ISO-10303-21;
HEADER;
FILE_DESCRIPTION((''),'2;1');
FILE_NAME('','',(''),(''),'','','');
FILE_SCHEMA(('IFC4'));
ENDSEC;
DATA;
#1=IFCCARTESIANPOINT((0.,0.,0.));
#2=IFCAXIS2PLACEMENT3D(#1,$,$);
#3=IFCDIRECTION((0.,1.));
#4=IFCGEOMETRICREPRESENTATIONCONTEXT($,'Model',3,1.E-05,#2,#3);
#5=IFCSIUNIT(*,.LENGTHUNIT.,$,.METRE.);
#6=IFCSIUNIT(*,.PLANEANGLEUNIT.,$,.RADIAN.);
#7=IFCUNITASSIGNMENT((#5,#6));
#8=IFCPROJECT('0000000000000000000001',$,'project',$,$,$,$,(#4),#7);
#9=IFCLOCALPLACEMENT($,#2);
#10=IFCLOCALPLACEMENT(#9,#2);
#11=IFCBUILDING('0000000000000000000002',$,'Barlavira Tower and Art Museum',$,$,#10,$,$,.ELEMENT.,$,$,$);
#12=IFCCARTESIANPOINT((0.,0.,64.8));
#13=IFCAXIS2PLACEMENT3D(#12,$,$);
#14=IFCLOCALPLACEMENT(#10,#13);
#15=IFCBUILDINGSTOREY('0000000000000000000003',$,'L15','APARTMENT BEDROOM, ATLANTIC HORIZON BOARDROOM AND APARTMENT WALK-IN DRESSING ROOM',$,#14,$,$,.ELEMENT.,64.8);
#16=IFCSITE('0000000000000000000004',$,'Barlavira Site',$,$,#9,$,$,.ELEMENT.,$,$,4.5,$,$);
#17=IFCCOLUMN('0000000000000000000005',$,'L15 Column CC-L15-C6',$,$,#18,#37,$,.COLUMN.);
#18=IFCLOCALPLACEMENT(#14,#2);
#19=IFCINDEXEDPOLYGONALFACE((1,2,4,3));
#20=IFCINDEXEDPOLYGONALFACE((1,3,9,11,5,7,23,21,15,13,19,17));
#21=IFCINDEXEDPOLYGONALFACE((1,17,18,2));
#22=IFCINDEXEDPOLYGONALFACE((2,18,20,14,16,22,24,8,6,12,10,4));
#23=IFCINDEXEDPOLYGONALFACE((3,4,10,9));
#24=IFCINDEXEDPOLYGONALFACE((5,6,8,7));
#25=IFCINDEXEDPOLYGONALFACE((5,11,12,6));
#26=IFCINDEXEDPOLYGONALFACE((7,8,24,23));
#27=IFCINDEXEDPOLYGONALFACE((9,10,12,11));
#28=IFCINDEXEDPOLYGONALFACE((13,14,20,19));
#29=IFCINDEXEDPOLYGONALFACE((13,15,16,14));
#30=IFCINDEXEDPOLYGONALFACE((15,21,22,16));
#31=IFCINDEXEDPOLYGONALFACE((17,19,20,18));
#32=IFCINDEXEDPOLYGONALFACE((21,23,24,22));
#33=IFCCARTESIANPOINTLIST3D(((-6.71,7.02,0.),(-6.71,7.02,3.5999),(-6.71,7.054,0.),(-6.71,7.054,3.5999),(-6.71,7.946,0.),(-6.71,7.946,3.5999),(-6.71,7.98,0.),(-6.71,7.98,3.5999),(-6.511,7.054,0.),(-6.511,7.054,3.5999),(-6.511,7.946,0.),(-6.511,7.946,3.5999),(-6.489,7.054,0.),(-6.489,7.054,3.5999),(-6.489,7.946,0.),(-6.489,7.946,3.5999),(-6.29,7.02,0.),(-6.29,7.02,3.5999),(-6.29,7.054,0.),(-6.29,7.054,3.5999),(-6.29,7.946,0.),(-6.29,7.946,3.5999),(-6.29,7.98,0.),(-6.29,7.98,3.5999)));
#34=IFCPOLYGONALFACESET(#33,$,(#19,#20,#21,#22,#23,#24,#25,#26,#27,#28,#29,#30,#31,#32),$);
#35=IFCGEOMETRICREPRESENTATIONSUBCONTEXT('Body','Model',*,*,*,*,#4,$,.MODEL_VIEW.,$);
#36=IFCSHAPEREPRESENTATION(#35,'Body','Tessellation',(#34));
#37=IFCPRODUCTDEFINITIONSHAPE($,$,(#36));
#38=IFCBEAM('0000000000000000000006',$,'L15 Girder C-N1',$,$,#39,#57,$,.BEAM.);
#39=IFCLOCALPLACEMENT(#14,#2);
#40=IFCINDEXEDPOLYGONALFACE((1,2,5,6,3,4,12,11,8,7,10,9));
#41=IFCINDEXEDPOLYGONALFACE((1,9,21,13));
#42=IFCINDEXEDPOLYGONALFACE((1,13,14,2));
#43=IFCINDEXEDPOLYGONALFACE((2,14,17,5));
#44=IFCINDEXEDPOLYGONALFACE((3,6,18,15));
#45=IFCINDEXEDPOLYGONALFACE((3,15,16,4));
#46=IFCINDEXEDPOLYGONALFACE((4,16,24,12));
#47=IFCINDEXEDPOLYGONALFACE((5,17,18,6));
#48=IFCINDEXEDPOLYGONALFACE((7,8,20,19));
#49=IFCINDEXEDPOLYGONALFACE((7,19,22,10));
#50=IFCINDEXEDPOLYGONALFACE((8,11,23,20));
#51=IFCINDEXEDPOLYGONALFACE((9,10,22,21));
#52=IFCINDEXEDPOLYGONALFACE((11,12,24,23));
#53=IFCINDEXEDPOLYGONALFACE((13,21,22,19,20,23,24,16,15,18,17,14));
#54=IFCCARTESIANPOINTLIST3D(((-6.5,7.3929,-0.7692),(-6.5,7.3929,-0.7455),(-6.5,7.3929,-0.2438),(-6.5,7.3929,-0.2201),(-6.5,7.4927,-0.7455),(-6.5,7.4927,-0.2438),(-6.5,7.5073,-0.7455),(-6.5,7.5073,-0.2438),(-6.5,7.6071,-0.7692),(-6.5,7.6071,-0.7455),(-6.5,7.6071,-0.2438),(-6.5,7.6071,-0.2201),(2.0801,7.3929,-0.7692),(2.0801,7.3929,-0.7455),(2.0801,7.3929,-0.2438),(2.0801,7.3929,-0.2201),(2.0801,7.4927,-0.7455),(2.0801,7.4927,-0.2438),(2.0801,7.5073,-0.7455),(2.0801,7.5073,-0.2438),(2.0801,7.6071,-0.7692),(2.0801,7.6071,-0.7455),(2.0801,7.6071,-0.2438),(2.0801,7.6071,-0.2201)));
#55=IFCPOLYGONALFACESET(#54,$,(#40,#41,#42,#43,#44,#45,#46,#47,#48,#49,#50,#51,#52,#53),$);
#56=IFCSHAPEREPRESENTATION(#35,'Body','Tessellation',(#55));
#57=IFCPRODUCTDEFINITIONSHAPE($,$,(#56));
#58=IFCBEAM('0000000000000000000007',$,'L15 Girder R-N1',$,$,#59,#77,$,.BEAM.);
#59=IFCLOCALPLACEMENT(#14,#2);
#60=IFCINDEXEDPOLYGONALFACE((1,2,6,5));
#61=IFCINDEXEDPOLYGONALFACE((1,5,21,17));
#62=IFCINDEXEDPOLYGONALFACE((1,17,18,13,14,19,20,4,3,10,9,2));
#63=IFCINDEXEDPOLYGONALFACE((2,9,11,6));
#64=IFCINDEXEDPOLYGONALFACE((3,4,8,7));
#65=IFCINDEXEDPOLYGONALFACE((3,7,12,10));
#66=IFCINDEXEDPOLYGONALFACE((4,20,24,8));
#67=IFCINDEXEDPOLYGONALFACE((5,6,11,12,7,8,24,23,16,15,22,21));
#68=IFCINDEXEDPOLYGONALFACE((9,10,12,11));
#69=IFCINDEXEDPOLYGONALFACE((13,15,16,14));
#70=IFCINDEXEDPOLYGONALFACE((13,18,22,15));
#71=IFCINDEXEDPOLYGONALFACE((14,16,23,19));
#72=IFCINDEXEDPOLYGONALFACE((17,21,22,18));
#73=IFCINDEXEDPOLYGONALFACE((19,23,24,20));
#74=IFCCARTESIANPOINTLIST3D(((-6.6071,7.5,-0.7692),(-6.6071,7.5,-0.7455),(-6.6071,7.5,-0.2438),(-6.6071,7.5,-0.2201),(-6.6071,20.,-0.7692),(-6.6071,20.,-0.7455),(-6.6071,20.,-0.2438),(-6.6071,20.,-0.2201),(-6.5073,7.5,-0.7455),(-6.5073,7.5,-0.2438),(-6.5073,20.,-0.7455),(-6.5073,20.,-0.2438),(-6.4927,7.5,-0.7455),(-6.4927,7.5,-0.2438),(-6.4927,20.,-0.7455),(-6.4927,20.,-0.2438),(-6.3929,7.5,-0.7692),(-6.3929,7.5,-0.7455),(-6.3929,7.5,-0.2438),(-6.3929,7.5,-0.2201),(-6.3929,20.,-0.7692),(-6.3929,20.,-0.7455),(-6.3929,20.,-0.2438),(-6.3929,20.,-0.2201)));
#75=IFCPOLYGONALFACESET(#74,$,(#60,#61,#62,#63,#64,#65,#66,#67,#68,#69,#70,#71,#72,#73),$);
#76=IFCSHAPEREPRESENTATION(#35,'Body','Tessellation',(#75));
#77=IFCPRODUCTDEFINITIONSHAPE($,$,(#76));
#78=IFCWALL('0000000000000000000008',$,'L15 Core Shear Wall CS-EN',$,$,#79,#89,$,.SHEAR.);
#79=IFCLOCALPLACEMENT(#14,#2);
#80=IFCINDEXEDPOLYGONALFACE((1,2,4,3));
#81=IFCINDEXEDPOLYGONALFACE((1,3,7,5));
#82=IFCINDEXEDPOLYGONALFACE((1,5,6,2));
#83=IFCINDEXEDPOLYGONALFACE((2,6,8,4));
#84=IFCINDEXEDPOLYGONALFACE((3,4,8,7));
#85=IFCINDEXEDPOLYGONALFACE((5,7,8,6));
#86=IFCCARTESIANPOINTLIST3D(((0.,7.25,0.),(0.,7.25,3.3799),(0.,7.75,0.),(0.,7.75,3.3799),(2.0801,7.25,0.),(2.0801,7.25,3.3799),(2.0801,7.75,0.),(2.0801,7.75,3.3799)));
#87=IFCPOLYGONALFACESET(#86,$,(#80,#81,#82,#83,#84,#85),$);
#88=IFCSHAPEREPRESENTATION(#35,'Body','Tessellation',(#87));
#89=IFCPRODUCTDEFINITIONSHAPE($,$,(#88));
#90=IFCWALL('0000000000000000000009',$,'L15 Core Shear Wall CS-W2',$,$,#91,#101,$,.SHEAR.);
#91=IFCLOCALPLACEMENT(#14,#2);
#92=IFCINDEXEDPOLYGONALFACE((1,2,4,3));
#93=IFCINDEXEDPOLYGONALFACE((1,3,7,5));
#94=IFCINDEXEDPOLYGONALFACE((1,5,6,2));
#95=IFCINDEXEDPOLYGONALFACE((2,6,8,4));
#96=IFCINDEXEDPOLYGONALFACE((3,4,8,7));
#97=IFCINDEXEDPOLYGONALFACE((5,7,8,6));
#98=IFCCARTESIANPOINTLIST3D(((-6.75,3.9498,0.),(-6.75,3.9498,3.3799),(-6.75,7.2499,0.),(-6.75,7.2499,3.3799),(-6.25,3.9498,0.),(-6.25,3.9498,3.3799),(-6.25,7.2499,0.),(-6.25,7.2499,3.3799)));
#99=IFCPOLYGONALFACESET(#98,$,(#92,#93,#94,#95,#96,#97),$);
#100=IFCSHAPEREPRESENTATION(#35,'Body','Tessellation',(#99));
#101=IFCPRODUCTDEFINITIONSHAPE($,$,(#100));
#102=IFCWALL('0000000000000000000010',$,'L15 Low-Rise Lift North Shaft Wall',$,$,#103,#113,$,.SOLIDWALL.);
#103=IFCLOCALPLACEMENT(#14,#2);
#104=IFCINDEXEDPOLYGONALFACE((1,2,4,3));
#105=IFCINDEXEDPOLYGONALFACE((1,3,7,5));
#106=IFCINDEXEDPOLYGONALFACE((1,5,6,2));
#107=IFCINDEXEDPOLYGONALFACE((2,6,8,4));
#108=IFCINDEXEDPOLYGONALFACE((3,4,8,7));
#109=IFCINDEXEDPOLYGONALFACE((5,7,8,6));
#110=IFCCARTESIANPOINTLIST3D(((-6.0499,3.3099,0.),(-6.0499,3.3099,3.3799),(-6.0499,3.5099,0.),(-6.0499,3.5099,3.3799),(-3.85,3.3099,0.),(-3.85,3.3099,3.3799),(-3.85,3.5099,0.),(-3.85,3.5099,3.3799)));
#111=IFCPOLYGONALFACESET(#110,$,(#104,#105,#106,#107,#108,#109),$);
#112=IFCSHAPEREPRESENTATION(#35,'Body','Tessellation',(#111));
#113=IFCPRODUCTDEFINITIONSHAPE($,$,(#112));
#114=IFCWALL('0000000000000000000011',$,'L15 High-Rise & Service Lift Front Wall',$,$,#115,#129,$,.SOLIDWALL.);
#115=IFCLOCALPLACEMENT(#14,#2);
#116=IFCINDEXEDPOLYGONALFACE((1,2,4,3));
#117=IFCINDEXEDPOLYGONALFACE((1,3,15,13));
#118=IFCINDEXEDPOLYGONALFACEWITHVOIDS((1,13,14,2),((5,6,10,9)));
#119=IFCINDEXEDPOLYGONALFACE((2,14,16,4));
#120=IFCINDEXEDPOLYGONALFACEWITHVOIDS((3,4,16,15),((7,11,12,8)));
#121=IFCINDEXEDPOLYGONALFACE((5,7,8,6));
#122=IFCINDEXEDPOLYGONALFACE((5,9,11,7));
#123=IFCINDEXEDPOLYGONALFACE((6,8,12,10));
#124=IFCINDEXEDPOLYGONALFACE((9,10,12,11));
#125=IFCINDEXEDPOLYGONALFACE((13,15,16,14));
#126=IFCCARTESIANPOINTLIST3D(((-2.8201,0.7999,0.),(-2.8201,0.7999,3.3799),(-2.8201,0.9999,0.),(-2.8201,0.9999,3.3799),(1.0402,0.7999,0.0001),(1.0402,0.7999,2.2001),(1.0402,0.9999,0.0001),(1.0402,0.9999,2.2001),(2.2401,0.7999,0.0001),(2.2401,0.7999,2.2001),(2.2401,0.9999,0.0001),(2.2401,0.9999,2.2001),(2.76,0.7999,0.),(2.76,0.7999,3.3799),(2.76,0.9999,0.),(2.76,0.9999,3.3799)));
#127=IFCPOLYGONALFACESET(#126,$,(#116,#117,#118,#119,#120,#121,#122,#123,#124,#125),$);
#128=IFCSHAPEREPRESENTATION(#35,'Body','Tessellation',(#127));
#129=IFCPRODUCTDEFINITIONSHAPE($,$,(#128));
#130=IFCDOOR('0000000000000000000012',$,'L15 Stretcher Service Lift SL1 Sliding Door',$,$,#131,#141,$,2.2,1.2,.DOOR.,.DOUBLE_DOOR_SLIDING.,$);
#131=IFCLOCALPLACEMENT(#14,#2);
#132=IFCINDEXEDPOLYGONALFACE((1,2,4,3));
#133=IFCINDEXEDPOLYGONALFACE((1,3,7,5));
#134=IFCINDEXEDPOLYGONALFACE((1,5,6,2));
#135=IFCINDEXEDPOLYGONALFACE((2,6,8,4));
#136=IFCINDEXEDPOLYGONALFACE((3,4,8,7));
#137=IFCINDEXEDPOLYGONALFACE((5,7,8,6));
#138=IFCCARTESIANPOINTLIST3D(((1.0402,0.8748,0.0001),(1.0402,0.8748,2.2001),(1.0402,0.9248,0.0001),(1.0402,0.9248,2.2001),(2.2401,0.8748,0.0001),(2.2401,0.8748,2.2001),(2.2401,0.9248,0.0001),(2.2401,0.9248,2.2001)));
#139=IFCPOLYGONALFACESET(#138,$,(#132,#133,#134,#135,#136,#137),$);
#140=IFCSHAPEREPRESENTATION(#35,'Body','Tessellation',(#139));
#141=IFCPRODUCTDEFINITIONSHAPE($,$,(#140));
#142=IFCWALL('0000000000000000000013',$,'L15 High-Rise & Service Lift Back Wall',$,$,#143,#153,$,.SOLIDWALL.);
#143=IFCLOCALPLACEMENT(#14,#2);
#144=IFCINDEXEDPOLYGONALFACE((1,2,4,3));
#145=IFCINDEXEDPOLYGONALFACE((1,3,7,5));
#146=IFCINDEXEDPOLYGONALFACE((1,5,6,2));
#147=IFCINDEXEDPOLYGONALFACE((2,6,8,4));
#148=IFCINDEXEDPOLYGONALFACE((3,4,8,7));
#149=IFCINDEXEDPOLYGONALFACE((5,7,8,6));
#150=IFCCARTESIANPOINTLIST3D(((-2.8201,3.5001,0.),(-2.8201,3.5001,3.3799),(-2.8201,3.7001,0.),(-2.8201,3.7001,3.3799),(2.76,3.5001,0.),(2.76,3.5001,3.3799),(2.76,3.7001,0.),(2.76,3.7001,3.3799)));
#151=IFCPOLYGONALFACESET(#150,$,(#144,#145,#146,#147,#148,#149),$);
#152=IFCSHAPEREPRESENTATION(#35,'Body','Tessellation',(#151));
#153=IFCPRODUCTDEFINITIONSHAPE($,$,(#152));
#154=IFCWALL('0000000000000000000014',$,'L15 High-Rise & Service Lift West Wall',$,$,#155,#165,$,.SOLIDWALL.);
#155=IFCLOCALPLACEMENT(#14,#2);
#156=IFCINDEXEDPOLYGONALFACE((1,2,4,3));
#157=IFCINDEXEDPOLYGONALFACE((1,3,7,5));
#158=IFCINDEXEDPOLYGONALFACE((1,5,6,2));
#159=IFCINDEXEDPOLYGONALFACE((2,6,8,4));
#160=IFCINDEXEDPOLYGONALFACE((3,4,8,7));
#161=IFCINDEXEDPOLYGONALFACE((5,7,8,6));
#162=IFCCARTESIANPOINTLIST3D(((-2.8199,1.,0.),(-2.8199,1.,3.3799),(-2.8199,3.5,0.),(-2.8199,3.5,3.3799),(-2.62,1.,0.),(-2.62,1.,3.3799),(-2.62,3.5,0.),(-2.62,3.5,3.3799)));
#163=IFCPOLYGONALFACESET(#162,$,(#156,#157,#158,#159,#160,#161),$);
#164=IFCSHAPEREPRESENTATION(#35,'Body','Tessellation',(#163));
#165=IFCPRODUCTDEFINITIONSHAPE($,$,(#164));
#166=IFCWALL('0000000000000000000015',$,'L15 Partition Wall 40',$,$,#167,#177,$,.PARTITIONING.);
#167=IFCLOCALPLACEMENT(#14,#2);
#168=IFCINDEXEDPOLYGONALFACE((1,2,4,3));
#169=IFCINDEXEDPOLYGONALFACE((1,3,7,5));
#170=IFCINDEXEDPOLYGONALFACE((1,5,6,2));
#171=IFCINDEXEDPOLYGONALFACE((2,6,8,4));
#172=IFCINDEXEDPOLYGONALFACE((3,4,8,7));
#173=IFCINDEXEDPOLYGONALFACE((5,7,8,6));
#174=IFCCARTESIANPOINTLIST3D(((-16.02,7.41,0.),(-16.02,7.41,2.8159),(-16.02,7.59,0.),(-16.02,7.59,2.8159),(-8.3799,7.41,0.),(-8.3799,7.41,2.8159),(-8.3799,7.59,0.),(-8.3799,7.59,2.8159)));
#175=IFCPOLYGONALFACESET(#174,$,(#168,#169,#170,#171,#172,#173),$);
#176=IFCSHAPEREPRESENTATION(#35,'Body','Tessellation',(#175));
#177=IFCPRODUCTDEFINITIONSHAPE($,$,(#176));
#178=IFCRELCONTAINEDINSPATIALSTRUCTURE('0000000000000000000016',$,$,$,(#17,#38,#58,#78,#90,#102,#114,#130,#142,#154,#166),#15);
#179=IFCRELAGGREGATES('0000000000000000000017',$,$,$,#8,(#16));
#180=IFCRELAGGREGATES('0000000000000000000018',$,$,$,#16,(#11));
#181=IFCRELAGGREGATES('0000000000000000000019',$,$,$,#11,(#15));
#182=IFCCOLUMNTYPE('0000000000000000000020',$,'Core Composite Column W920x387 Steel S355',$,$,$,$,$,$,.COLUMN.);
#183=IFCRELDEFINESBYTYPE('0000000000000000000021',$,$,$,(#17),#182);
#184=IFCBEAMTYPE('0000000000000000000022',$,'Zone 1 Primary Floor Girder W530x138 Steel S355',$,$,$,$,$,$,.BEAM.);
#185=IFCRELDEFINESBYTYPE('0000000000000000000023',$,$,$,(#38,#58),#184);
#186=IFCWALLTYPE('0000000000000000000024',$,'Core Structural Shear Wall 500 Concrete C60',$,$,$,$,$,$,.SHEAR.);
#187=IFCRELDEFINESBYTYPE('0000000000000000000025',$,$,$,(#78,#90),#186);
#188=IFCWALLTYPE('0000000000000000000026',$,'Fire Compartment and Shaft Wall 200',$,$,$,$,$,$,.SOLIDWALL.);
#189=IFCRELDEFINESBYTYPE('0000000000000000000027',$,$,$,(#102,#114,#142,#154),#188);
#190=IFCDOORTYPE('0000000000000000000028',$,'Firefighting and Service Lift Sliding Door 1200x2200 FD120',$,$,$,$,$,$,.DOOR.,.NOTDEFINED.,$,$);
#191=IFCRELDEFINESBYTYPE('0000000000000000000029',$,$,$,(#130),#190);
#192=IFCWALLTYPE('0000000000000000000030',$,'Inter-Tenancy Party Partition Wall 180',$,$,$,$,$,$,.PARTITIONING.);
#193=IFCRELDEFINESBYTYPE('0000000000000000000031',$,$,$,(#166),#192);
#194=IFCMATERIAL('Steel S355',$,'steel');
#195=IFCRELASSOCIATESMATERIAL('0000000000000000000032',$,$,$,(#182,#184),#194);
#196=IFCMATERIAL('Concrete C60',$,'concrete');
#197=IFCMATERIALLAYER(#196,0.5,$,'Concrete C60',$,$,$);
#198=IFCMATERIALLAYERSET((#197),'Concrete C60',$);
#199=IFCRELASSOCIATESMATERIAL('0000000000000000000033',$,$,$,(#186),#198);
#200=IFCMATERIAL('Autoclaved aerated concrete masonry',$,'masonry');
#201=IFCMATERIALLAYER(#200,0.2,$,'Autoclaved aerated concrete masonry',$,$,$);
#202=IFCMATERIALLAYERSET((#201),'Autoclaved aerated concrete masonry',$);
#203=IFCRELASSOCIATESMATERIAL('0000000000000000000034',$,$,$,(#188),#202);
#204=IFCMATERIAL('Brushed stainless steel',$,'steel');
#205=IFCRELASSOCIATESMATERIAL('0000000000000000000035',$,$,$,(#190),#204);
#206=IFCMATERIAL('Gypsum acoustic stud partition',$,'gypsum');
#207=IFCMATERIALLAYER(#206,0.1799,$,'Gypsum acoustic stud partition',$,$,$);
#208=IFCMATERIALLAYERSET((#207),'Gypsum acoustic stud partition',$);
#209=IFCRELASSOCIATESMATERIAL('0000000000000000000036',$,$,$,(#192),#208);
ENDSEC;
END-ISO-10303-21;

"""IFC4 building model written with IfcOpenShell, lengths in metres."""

from ifc_helpers import new_model, si_unit, direction, frame, frame_2d, origin, origin_2d, place, context, subcontext, project, spatial, rectangle, i_section, extrude, material, layer, layer_set, material_profile, profile_set, type_object, element, fill, save


model = new_model("IFC4")

# Units and contexts
model_context = context("Model", 3, precision=1e-05, world=origin(), true_north=direction((0.0, 1.0)))
body_context = subcontext(model_context, "Body", "Model", "MODEL_VIEW")
ifc_project = project(units=[si_unit("LENGTHUNIT", "METRE"), si_unit("PLANEANGLEUNIT", "RADIAN")], contexts=[model_context])

# Site, building, storey
site_placement = place(None, origin())
site = spatial("IfcSite", under=ifc_project, at=site_placement, Name="Barlavira Site", CompositionType="ELEMENT", RefElevation=4.5)
building_placement = place(site_placement, origin())
building = spatial("IfcBuilding", under=site, at=building_placement, Name="Barlavira Tower and Art Museum", CompositionType="ELEMENT")
storey_placement = place(building_placement, frame((0.0, 0.0, 64.8)))
storey = spatial("IfcBuildingStorey", under=building, at=storey_placement, Name="L15", Description="APARTMENT BEDROOM, ATLANTIC HORIZON BOARDROOM AND APARTMENT WALK-IN DRESSING ROOM", CompositionType="ELEMENT", Elevation=64.8)

# Column
ifc_material_1 = material(Name="Steel S355", Category="steel")
ifc_material_profile_1 = material_profile(ifc_material_1, i_section(OverallWidth=0.4199, OverallDepth=0.96, WebThickness=0.022, FlangeThickness=0.0339, at=origin_2d()), Name="W920x387.0")
ifc_profile_set_1 = profile_set([ifc_material_profile_1], Name="Steel S355")
column_type = type_object("IfcColumnType", Name="Core Composite Column W920x387 Steel S355", PredefinedType="COLUMN", material=ifc_profile_set_1)
column_placement = place(storey_placement, frame((-6.5, 7.5, 0.0), z_axis=(0.0, 0.0, 1.0), x_axis=(1.0, 0.0, 0.0)))
element("IfcColumn", 1, at=column_placement, inside=storey, type_object=column_type, Name="L15 Column CC-L15-C6", PredefinedType="COLUMN", context=body_context, shape_type="SweptSolid", body=[
    extrude(i_section(OverallWidth=0.4199, OverallDepth=0.96, WebThickness=0.022, FlangeThickness=0.0339, at=origin_2d()), origin(), (0.0, 0.0, 1.0), 3.5999),
])

# Beams
ifc_material_profile_2 = material_profile(ifc_material_1, i_section(OverallWidth=0.2141, OverallDepth=0.5491, WebThickness=0.0146, FlangeThickness=0.0237, at=origin_2d()), Name="W530x138.0")
ifc_profile_set_2 = profile_set([ifc_material_profile_2], Name="Steel S355")
beam_type = type_object("IfcBeamType", Name="Zone 1 Primary Floor Girder W530x138 Steel S355", PredefinedType="BEAM", material=ifc_profile_set_2)
beam_1_placement = place(storey_placement, frame((-6.5, 7.5, -0.4946), z_axis=(1.0, 0.0, 0.0), x_axis=(0.0, 1.0, 0.0)))
element("IfcBeam", 2, at=beam_1_placement, inside=storey, type_object=beam_type, Name="L15 Girder C-N1", PredefinedType="BEAM", context=body_context, shape_type="SweptSolid", body=[
    extrude(i_section(OverallWidth=0.2141, OverallDepth=0.5491, WebThickness=0.0146, FlangeThickness=0.0237, at=origin_2d()), origin(), (0.0, 0.0, 1.0), 8.5801),
])
beam_2_placement = place(storey_placement, frame((-6.5, 7.5, -0.4946), z_axis=(0.0, 1.0, 0.0), x_axis=(-1.0, 0.0, 0.0)))
element("IfcBeam", 3, at=beam_2_placement, inside=storey, type_object=beam_type, Name="L15 Girder R-N1", PredefinedType="BEAM", context=body_context, shape_type="SweptSolid", body=[
    extrude(i_section(OverallWidth=0.2141, OverallDepth=0.5491, WebThickness=0.0146, FlangeThickness=0.0237, at=origin_2d()), origin(), (0.0, 0.0, 1.0), 12.5),
])

# Shared definitions
ifc_material_2 = material(Name="Concrete C60", Category="concrete")
ifc_layer_1 = layer(ifc_material_2, 0.5, Name="Concrete C60")
ifc_layer_set_1 = layer_set([ifc_layer_1], Name="Concrete C60")
wall_type_1 = type_object("IfcWallType", Name="Core Structural Shear Wall 500 Concrete C60", PredefinedType="SHEAR", material=ifc_layer_set_1)
ifc_material_3 = material(Name="Brushed stainless steel", Category="steel")

# Walls
wall_1_placement = place(storey_placement, frame((0.0, 7.5, 0.0), z_axis=(0.0, 0.0, 1.0), x_axis=(1.0, 0.0, 0.0)))
element("IfcWall", 4, at=wall_1_placement, inside=storey, type_object=wall_type_1, Name="L15 Core Shear Wall CS-EN", PredefinedType="SHEAR", context=body_context, shape_type="SweptSolid", body=[
    extrude(rectangle(XDim=2.0801, YDim=0.5, at=frame_2d((1.04, 0.0))), origin(), (0.0, 0.0, 1.0), 3.3799),
])
wall_2_placement = place(storey_placement, frame((-6.5, 3.95, 0.0), z_axis=(0.0, 0.0, 1.0), x_axis=(0.0, 1.0, 0.0)))
element("IfcWall", 5, at=wall_2_placement, inside=storey, type_object=wall_type_1, Name="L15 Core Shear Wall CS-W2", PredefinedType="SHEAR", context=body_context, shape_type="SweptSolid", body=[
    extrude(rectangle(XDim=3.3, YDim=0.5, at=frame_2d((1.6499, 0.0))), origin(), (0.0, 0.0, 1.0), 3.3799),
])
ifc_material_4 = material(Name="Autoclaved aerated concrete masonry", Category="masonry")
ifc_layer_2 = layer(ifc_material_4, 0.2, Name="Autoclaved aerated concrete masonry")
ifc_layer_set_2 = layer_set([ifc_layer_2], Name="Autoclaved aerated concrete masonry")
wall_type_2 = type_object("IfcWallType", Name="Fire Compartment and Shaft Wall 200", PredefinedType="SOLIDWALL", material=ifc_layer_set_2)
wall_3_placement = place(storey_placement, frame((-6.05, 3.4099, 0.0), z_axis=(0.0, 0.0, 1.0), x_axis=(1.0, 0.0, 0.0)))
element("IfcWall", 6, at=wall_3_placement, inside=storey, type_object=wall_type_2, Name="L15 Low-Rise Lift North Shaft Wall", PredefinedType="SOLIDWALL", context=body_context, shape_type="SweptSolid", body=[
    extrude(rectangle(XDim=2.2, YDim=0.2, at=frame_2d((1.1001, 0.0))), origin(), (0.0, 0.0, 1.0), 3.3799),
])

# Wall, opening, door
wall_4_placement = place(storey_placement, frame((-2.8201, 0.8999, 0.0), z_axis=(0.0, 0.0, 1.0), x_axis=(1.0, 0.0, 0.0)))
wall_4 = element("IfcWall", 7, at=wall_4_placement, inside=storey, type_object=wall_type_2, Name="L15 High-Rise & Service Lift Front Wall", PredefinedType="SOLIDWALL", context=body_context, shape_type="SweptSolid", body=[
    extrude(rectangle(XDim=5.5801, YDim=0.2, at=frame_2d((2.79, 0.0))), origin(), (0.0, 0.0, 1.0), 3.3799),
])
opening_1_placement = place(wall_4_placement, frame((3.8601, 0.0, 0.0)))
opening_1 = element("IfcOpeningElement", 8, at=opening_1_placement, cuts=wall_4, PredefinedType="OPENING", context=body_context, shape_type="SweptSolid", body=[
    extrude(rectangle(XDim=1.2, YDim=2.2, at=frame_2d((0.6001, 1.1001))), frame((0.0, 0.1099, 0.0), z_axis=(0.0, -1.0, 0.0), x_axis=(1.0, 0.0, 0.0)), (0.0, 0.0, 1.0), 0.22),
])
door_type_1 = type_object("IfcDoorType", Name="Firefighting and Service Lift Sliding Door 1200x2200 FD120", OperationType="NOTDEFINED", PredefinedType="DOOR", material=ifc_material_3)
door_1_placement = place(opening_1_placement, origin())
door_1 = element("IfcDoor", 9, at=door_1_placement, inside=storey, type_object=door_type_1, Name="L15 Stretcher Service Lift SL1 Sliding Door", OperationType="DOUBLE_DOOR_SLIDING", OverallHeight=2.2, OverallWidth=1.2, PredefinedType="DOOR", context=body_context, shape_type="SweptSolid", body=[
    extrude(rectangle(XDim=1.2, YDim=2.2, at=frame_2d((0.6001, 1.1001))), frame((0.0, 0.0249, 0.0), z_axis=(0.0, -1.0, 0.0), x_axis=(1.0, 0.0, 0.0)), (0.0, 0.0, 1.0), 0.05),
])
fill(opening_1, door_1)

# Walls
wall_5_placement = place(storey_placement, frame((-2.8201, 3.6001, 0.0), z_axis=(0.0, 0.0, 1.0), x_axis=(1.0, 0.0, 0.0)))
element("IfcWall", 10, at=wall_5_placement, inside=storey, type_object=wall_type_2, Name="L15 High-Rise & Service Lift Back Wall", PredefinedType="SOLIDWALL", context=body_context, shape_type="SweptSolid", body=[
    extrude(rectangle(XDim=5.5801, YDim=0.2, at=frame_2d((2.79, 0.0))), origin(), (0.0, 0.0, 1.0), 3.3799),
])
wall_6_placement = place(storey_placement, frame((-2.72, 1.0, 0.0), z_axis=(0.0, 0.0, 1.0), x_axis=(0.0, 1.0, 0.0)))
element("IfcWall", 11, at=wall_6_placement, inside=storey, type_object=wall_type_2, Name="L15 High-Rise & Service Lift West Wall", PredefinedType="SOLIDWALL", context=body_context, shape_type="SweptSolid", body=[
    extrude(rectangle(XDim=2.5, YDim=0.2, at=frame_2d((1.25, 0.0))), origin(), (0.0, 0.0, 1.0), 3.3799),
])
ifc_material_5 = material(Name="Gypsum acoustic stud partition", Category="gypsum")
ifc_layer_3 = layer(ifc_material_5, 0.1799, Name="Gypsum acoustic stud partition")
ifc_layer_set_3 = layer_set([ifc_layer_3], Name="Gypsum acoustic stud partition")
wall_type_3 = type_object("IfcWallType", Name="Inter-Tenancy Party Partition Wall 180", PredefinedType="PARTITIONING", material=ifc_layer_set_3)
wall_7_placement = place(storey_placement, frame((-16.02, 7.5, 0.0), z_axis=(0.0, 0.0, 1.0), x_axis=(1.0, 0.0, 0.0)))
element("IfcWall", 12, at=wall_7_placement, inside=storey, type_object=wall_type_3, Name="L15 Partition Wall 40", PredefinedType="PARTITIONING", context=body_context, shape_type="SweptSolid", body=[
    extrude(rectangle(XDim=7.6401, YDim=0.1799, at=frame_2d((3.8201, 0.0))), origin(), (0.0, 0.0, 1.0), 2.8159),
])

save(model, "model.ifc")
